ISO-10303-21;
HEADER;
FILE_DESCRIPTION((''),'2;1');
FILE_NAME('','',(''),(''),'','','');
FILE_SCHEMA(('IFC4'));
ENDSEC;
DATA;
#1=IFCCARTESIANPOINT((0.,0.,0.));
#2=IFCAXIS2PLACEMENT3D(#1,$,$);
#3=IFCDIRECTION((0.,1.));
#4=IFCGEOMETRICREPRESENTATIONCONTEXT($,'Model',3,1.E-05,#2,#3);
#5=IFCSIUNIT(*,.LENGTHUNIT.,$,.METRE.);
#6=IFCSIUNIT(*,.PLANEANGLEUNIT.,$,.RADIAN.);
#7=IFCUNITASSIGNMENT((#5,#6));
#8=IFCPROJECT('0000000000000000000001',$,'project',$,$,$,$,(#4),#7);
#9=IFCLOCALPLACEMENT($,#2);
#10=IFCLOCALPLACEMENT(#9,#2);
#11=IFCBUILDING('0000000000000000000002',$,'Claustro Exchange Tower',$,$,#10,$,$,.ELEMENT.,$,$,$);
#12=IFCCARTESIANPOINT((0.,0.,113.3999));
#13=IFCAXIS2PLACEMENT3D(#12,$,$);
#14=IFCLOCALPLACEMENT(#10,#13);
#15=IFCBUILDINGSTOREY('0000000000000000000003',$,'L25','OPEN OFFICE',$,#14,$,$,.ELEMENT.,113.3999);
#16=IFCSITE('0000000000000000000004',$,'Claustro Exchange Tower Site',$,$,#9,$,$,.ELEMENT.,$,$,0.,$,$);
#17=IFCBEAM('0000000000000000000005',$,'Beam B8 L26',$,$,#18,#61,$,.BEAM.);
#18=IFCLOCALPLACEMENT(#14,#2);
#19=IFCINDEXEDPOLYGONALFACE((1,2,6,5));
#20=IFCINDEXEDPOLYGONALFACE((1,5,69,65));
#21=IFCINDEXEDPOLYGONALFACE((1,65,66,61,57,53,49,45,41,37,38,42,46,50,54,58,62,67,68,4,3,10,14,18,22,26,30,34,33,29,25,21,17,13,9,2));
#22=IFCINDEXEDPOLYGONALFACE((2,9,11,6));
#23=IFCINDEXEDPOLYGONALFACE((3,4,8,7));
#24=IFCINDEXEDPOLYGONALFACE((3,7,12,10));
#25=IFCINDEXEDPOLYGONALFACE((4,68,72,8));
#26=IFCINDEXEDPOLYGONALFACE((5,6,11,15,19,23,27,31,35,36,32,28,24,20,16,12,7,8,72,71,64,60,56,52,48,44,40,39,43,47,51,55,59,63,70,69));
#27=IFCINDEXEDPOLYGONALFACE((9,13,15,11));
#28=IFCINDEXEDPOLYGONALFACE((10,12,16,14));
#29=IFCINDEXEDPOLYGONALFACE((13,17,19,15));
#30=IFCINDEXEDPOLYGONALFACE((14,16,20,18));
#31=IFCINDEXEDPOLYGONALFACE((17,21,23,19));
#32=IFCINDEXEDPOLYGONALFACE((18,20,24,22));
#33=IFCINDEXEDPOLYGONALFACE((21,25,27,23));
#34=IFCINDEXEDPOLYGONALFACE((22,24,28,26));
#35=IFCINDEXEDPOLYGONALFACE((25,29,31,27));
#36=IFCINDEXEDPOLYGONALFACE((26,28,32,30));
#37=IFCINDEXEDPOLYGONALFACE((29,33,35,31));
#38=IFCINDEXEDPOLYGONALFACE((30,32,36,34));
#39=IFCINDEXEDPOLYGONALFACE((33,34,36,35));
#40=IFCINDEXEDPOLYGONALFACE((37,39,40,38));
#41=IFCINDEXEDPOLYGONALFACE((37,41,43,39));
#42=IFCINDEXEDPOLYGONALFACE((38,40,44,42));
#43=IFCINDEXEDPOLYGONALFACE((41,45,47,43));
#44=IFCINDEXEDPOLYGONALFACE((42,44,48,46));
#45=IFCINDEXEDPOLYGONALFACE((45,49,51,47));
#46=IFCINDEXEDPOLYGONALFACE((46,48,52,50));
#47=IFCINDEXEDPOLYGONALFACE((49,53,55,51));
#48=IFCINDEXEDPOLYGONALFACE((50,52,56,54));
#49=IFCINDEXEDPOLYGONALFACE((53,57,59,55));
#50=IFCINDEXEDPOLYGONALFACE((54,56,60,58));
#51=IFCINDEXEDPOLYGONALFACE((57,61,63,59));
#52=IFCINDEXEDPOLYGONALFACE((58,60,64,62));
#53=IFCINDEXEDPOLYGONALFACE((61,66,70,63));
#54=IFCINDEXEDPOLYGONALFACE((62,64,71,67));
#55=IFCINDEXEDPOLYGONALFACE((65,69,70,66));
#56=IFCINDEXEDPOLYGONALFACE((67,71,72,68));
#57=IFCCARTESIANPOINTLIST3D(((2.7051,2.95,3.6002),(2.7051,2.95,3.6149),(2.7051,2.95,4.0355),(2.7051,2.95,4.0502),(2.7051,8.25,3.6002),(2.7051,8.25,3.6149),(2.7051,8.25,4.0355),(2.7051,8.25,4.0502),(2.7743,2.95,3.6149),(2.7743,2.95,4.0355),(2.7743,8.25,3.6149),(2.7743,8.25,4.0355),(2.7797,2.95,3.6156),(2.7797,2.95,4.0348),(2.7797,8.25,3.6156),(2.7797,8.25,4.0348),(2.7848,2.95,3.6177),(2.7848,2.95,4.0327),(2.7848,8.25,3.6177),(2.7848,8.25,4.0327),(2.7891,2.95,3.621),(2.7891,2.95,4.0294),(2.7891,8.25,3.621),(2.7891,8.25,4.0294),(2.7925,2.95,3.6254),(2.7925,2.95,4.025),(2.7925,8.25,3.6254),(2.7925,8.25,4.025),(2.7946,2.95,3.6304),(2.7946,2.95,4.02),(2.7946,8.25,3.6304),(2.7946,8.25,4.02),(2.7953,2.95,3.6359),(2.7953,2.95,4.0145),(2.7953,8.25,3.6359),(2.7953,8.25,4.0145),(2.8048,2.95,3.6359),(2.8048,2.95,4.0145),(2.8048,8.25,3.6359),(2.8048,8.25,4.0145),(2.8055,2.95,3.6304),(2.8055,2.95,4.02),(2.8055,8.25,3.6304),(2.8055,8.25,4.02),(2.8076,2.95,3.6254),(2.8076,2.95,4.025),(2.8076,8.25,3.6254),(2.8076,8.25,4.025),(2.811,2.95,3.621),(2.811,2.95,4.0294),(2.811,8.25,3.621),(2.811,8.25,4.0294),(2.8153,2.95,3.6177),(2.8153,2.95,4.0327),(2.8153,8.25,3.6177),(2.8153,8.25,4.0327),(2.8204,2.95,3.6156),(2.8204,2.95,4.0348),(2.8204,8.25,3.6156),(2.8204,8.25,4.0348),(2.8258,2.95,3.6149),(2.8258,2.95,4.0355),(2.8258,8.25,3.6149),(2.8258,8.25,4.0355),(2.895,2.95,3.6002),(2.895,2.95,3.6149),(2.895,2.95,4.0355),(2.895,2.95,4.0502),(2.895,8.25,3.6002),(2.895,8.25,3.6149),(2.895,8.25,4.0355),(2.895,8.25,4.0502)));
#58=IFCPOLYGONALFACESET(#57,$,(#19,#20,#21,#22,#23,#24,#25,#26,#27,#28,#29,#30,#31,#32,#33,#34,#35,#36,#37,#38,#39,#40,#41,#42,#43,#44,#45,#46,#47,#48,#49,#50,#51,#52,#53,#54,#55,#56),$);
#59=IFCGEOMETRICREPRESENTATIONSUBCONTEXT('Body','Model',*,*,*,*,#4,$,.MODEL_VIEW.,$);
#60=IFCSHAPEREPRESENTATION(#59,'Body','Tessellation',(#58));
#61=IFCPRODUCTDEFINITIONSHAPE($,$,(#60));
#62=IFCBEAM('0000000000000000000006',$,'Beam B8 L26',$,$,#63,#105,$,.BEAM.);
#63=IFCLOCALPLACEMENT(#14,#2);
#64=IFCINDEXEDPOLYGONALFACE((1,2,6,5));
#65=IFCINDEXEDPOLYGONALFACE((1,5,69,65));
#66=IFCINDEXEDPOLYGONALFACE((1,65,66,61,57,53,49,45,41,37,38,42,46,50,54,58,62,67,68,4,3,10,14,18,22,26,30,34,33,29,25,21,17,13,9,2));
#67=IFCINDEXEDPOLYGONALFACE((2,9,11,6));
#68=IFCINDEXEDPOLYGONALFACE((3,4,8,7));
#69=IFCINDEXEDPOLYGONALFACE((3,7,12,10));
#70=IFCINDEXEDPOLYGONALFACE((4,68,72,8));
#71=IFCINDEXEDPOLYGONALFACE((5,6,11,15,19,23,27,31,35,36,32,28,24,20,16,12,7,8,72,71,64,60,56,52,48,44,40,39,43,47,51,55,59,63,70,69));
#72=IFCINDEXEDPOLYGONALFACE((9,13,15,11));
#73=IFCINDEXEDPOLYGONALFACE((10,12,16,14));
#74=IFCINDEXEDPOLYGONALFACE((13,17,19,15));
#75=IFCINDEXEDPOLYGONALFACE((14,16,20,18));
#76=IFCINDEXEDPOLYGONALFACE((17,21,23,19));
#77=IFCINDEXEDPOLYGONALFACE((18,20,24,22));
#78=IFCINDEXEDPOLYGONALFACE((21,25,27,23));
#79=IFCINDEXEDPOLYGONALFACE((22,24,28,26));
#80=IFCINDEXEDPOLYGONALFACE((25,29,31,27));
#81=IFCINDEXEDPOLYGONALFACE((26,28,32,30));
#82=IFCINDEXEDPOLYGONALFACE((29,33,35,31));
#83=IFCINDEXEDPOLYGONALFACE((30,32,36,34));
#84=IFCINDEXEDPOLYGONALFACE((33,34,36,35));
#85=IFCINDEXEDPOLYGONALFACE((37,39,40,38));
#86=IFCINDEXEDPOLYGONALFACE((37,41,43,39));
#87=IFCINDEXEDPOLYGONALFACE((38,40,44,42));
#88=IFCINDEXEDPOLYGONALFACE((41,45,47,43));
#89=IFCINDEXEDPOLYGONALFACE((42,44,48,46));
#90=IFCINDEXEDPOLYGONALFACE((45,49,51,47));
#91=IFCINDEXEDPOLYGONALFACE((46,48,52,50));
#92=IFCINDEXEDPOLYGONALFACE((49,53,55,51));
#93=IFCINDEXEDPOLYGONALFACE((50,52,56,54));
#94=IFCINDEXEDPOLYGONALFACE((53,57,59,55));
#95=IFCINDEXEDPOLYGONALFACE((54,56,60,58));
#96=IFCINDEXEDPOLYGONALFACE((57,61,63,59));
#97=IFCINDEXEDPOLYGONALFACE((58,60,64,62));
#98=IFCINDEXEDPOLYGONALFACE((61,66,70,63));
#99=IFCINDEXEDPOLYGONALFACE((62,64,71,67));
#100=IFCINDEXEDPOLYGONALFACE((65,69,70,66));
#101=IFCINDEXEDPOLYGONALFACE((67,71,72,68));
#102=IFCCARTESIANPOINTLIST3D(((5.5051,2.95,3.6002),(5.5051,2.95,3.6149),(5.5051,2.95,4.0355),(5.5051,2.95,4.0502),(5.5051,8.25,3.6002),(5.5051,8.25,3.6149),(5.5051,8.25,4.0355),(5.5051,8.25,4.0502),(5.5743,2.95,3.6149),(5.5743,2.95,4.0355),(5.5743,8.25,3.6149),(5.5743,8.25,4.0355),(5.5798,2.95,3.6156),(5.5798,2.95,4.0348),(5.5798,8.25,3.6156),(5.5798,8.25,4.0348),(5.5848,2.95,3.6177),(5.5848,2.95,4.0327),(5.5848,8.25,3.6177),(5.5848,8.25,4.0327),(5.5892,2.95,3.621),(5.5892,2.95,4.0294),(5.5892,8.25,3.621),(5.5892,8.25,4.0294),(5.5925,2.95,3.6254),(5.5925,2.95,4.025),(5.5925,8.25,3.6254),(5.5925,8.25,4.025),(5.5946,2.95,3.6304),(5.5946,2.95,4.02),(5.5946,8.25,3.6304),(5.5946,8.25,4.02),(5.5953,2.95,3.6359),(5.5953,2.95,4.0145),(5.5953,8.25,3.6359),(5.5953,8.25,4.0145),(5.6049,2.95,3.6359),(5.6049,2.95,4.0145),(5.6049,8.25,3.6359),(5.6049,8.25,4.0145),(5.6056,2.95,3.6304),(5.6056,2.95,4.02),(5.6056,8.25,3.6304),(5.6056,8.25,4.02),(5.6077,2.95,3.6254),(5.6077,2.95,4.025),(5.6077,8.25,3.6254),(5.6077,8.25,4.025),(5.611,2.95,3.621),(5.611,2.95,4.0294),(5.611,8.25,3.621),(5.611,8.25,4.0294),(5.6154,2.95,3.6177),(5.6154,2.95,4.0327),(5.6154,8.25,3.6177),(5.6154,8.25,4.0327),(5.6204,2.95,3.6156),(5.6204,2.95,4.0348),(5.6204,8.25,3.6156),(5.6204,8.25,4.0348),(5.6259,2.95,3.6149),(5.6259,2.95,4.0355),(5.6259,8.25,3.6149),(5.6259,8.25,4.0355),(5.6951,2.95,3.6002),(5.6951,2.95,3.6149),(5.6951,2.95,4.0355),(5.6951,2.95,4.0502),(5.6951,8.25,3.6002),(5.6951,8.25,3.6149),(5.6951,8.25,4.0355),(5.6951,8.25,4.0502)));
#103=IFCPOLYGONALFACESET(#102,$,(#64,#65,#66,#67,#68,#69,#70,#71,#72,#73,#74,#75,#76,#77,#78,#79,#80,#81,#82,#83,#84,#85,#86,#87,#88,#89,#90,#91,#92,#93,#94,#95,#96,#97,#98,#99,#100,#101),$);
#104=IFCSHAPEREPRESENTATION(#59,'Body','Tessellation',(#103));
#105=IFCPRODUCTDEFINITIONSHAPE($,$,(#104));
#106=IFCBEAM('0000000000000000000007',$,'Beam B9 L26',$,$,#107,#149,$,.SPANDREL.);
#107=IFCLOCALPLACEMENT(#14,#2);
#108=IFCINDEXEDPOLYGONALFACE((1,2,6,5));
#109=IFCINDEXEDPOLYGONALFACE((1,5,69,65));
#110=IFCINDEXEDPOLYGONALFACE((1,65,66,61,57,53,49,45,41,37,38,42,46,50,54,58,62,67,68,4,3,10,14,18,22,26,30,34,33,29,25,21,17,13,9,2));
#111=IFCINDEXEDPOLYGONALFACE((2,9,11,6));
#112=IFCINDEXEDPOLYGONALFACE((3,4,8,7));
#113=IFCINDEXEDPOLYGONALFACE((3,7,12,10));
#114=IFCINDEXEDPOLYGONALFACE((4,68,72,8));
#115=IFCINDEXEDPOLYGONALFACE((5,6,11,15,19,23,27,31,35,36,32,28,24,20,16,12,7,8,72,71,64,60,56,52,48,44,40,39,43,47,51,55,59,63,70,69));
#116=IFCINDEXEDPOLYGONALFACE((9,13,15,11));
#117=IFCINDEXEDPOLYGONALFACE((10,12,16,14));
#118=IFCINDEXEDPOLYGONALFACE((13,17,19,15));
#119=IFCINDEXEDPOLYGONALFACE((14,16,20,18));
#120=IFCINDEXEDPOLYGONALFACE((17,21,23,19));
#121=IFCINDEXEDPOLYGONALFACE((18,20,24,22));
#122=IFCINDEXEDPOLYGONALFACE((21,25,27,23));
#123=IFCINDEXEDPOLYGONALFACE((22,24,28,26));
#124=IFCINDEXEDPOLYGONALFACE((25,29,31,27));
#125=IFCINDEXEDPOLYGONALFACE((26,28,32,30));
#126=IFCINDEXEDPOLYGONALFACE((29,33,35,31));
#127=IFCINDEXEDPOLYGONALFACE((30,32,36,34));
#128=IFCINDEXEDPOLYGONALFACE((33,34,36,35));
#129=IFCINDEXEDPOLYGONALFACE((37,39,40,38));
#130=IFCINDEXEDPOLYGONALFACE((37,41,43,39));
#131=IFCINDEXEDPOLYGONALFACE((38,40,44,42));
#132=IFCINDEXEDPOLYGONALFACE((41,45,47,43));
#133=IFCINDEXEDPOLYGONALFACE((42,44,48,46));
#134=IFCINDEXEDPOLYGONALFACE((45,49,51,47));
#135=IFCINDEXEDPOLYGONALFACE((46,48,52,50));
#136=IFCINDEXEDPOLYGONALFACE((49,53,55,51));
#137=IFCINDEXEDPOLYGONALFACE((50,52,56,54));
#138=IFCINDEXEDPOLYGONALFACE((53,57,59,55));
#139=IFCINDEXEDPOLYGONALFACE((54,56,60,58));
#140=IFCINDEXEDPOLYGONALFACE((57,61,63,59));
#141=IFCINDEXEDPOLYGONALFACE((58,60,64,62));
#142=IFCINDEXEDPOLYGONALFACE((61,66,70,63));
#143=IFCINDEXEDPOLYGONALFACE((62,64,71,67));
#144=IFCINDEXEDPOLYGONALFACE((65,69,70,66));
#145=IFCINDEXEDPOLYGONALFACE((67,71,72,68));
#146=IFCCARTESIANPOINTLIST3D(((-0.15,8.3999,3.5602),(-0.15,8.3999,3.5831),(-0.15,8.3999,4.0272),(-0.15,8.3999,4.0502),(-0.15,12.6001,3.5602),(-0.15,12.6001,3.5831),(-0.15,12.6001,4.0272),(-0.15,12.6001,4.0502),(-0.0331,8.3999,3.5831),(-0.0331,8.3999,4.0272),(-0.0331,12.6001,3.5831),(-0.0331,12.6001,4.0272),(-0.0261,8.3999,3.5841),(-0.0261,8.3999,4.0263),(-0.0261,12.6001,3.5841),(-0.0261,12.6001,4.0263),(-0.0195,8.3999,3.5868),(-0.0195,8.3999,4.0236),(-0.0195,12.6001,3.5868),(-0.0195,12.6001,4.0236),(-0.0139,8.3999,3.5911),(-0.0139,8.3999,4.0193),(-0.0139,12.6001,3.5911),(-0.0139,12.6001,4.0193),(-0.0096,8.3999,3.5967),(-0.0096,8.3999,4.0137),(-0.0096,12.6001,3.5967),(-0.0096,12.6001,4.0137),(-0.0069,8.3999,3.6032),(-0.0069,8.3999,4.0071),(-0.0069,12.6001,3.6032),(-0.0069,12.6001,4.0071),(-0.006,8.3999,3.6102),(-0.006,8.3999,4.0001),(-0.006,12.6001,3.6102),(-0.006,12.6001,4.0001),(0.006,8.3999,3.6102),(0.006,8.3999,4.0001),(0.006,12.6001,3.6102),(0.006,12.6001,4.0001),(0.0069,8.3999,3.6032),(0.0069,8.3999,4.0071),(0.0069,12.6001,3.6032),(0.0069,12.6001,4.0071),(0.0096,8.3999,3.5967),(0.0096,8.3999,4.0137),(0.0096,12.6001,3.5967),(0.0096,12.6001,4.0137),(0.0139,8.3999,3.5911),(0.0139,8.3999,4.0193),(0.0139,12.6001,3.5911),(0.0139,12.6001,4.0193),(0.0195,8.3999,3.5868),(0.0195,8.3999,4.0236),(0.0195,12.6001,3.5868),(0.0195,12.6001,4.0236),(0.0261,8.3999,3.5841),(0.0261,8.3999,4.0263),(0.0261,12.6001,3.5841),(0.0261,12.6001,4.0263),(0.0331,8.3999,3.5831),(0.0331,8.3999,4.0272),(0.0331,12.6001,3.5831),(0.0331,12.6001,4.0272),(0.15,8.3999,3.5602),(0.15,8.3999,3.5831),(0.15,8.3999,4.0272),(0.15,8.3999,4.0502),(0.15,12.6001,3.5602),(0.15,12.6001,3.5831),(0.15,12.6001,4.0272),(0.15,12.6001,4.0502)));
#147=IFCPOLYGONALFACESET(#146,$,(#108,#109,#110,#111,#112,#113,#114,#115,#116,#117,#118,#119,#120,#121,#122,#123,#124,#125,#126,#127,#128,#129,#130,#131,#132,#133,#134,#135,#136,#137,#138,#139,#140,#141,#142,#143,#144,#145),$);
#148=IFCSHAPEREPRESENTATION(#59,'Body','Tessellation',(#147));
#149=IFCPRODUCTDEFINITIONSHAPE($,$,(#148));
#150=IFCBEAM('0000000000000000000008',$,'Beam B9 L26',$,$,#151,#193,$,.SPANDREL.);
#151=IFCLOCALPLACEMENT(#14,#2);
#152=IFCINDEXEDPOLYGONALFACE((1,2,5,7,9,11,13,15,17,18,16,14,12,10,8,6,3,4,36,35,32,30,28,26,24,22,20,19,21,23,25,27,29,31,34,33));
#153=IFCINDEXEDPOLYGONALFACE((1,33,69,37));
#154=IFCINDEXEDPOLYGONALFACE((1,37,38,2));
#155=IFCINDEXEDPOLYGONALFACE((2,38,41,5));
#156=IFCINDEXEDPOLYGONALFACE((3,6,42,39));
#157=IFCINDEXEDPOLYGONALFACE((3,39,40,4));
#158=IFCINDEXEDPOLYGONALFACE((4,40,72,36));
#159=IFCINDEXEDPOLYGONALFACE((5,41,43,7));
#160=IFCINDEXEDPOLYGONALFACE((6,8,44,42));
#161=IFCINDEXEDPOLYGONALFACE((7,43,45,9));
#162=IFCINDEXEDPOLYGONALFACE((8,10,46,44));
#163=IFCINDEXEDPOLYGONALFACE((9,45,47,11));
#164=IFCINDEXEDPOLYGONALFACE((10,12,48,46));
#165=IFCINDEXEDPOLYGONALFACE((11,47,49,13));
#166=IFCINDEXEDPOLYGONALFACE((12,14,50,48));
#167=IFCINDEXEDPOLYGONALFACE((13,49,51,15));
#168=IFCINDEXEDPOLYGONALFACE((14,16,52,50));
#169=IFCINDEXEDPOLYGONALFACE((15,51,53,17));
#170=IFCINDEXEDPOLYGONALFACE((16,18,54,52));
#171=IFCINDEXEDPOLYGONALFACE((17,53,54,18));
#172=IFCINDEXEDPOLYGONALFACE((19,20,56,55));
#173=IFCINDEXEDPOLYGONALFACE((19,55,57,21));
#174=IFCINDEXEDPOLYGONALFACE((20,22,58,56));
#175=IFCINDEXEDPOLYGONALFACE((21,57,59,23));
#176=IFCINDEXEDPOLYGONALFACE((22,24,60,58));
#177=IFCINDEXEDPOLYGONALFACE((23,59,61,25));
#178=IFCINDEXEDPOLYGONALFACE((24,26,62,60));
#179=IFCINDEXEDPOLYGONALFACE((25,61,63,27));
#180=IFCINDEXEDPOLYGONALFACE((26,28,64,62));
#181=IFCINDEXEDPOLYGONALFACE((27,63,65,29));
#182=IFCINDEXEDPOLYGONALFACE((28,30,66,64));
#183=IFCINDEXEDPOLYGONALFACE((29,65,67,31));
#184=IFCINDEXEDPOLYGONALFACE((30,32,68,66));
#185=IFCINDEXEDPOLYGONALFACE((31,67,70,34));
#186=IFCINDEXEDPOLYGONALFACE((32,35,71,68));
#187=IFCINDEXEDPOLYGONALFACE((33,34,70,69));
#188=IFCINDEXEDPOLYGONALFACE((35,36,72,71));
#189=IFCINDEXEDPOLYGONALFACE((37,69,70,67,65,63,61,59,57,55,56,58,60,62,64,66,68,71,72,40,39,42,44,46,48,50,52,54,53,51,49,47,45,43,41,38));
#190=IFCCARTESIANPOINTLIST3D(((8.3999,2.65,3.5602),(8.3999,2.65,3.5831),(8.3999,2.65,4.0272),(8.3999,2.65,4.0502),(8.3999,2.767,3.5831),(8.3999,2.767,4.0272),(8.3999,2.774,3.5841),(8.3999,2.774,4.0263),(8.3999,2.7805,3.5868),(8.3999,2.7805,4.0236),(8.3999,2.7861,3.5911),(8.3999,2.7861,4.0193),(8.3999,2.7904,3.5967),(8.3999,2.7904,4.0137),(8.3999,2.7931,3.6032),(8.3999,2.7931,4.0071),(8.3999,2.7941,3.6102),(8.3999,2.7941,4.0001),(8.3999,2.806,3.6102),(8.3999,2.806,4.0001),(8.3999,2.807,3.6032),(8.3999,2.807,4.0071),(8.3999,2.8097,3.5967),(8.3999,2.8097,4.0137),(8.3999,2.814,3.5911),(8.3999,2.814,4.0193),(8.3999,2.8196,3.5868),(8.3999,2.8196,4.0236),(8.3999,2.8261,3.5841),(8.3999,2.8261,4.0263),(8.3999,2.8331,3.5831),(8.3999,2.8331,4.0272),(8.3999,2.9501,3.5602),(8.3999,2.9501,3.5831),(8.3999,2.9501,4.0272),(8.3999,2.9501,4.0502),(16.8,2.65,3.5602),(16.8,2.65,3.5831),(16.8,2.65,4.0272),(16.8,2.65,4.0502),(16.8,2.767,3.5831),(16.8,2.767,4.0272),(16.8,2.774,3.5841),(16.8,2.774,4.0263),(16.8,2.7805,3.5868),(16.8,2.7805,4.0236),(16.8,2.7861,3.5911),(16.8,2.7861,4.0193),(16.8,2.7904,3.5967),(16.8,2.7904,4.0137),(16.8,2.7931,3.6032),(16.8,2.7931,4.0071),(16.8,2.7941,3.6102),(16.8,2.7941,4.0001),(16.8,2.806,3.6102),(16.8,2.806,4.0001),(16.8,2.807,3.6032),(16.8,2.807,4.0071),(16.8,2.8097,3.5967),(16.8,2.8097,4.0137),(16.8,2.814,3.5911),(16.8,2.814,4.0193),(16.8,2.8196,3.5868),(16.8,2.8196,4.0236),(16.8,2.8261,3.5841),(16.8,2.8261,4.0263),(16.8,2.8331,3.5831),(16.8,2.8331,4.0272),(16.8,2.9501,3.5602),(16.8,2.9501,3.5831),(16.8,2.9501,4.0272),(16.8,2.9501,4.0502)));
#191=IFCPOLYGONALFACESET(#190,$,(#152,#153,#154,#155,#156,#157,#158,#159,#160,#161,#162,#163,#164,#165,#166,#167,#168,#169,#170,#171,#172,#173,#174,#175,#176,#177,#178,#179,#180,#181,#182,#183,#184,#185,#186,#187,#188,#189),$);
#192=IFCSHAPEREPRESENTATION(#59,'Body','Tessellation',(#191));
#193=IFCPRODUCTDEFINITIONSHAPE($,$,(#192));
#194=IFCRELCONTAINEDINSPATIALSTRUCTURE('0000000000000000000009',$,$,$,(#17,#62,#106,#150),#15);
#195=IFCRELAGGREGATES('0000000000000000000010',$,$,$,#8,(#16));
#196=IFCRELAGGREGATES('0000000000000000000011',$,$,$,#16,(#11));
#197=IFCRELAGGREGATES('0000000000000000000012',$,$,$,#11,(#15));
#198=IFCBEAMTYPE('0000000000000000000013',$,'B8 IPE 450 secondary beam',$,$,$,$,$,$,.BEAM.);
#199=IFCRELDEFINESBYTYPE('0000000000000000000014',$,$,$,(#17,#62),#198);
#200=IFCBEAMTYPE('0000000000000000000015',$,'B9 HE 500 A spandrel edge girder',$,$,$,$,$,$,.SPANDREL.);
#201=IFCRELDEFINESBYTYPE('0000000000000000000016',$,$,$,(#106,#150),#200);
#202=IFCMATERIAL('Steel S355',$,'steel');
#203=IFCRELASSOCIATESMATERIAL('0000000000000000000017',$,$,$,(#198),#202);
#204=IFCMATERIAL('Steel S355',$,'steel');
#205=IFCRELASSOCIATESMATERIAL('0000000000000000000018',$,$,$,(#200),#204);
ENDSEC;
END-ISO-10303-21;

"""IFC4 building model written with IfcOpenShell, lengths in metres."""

from ifc_helpers import new_model, si_unit, direction, frame, origin, origin_2d, place, context, subcontext, project, spatial, i_section, extrude, material, material_profile, profile_set, type_object, element, save


model = new_model("IFC4")

# Units and contexts
model_context = context("Model", 3, precision=1e-05, world=origin(), true_north=direction((0.0, 1.0)))
body_context = subcontext(model_context, "Body", "Model", "MODEL_VIEW")
ifc_project = project(units=[si_unit("LENGTHUNIT", "METRE"), si_unit("PLANEANGLEUNIT", "RADIAN")], contexts=[model_context])

# Site, building, storey
site_placement = place(None, origin())
site = spatial("IfcSite", under=ifc_project, at=site_placement, Name="Claustro Exchange Tower Site", CompositionType="ELEMENT", RefElevation=0.0)
building_placement = place(site_placement, origin())
building = spatial("IfcBuilding", under=site, at=building_placement, Name="Claustro Exchange Tower", CompositionType="ELEMENT")
storey_placement = place(building_placement, frame((0.0, 0.0, 113.3999)))
storey = spatial("IfcBuildingStorey", under=building, at=storey_placement, Name="L25", Description="OPEN OFFICE", CompositionType="ELEMENT", Elevation=113.3999)

# Beams
ifc_material_1 = material(Name="Steel S355", Category="steel")
ifc_material_profile_1 = material_profile(ifc_material_1, i_section(OverallWidth=0.1899, OverallDepth=0.45, WebThickness=0.0095, FlangeThickness=0.0146, FilletRadius=0.021, at=origin_2d()), Name="IPE 450")
ifc_profile_set_1 = profile_set([ifc_material_profile_1], Name="Steel S355")
beam_type_1 = type_object("IfcBeamType", Name="B8 IPE 450 secondary beam", PredefinedType="BEAM", material=ifc_profile_set_1)
for number, where, z_axis, x_axis, name in (
    (1, (2.8, 2.95, 3.8252), (0.0, 1.0, 0.0), (-1.0, 0.0, 0.0), "Beam B8 L26"),
    (2, (5.6001, 2.95, 3.8252), (0.0, 1.0, 0.0), (-1.0, 0.0, 0.0), "Beam B8 L26"),
):
    element("IfcBeam", number, at=place(storey_placement, frame(where, z_axis=z_axis, x_axis=x_axis)), inside=storey, type_object=beam_type_1, Name=name, PredefinedType="BEAM", context=body_context, shape_type="SweptSolid", body=[
        extrude(i_section(OverallWidth=0.1899, OverallDepth=0.45, WebThickness=0.0095, FlangeThickness=0.0146, FilletRadius=0.021, at=origin_2d()), origin(), (0.0, 0.0, 1.0), 5.3),
    ])
ifc_material_2 = material(Name="Steel S355", Category="steel")
ifc_material_profile_2 = material_profile(ifc_material_2, i_section(OverallWidth=0.3, OverallDepth=0.49, WebThickness=0.012, FlangeThickness=0.0229, FilletRadius=0.0271, at=origin_2d()), Name="HE 500 A")
ifc_profile_set_2 = profile_set([ifc_material_profile_2], Name="Steel S355")
beam_type_2 = type_object("IfcBeamType", Name="B9 HE 500 A spandrel edge girder", PredefinedType="SPANDREL", material=ifc_profile_set_2)
beam_1_placement = place(storey_placement, frame((0.0, 8.3999, 3.8052), z_axis=(0.0, 1.0, 0.0), x_axis=(-1.0, 0.0, 0.0)))
element("IfcBeam", 3, at=beam_1_placement, inside=storey, type_object=beam_type_2, Name="Beam B9 L26", PredefinedType="SPANDREL", context=body_context, shape_type="SweptSolid", body=[
    extrude(i_section(OverallWidth=0.3, OverallDepth=0.49, WebThickness=0.012, FlangeThickness=0.0229, FilletRadius=0.0271, at=origin_2d()), origin(), (0.0, 0.0, 1.0), 4.2002),
])
beam_2_placement = place(storey_placement, frame((8.3999, 2.8, 3.8052), z_axis=(1.0, 0.0, 0.0), x_axis=(0.0, 1.0, 0.0)))
element("IfcBeam", 4, at=beam_2_placement, inside=storey, type_object=beam_type_2, Name="Beam B9 L26", PredefinedType="SPANDREL", context=body_context, shape_type="SweptSolid", body=[
    extrude(i_section(OverallWidth=0.3, OverallDepth=0.49, WebThickness=0.012, FlangeThickness=0.0229, FilletRadius=0.0271, at=origin_2d()), origin(), (0.0, 0.0, 1.0), 8.4001),
])

save(model, "model.ifc")
